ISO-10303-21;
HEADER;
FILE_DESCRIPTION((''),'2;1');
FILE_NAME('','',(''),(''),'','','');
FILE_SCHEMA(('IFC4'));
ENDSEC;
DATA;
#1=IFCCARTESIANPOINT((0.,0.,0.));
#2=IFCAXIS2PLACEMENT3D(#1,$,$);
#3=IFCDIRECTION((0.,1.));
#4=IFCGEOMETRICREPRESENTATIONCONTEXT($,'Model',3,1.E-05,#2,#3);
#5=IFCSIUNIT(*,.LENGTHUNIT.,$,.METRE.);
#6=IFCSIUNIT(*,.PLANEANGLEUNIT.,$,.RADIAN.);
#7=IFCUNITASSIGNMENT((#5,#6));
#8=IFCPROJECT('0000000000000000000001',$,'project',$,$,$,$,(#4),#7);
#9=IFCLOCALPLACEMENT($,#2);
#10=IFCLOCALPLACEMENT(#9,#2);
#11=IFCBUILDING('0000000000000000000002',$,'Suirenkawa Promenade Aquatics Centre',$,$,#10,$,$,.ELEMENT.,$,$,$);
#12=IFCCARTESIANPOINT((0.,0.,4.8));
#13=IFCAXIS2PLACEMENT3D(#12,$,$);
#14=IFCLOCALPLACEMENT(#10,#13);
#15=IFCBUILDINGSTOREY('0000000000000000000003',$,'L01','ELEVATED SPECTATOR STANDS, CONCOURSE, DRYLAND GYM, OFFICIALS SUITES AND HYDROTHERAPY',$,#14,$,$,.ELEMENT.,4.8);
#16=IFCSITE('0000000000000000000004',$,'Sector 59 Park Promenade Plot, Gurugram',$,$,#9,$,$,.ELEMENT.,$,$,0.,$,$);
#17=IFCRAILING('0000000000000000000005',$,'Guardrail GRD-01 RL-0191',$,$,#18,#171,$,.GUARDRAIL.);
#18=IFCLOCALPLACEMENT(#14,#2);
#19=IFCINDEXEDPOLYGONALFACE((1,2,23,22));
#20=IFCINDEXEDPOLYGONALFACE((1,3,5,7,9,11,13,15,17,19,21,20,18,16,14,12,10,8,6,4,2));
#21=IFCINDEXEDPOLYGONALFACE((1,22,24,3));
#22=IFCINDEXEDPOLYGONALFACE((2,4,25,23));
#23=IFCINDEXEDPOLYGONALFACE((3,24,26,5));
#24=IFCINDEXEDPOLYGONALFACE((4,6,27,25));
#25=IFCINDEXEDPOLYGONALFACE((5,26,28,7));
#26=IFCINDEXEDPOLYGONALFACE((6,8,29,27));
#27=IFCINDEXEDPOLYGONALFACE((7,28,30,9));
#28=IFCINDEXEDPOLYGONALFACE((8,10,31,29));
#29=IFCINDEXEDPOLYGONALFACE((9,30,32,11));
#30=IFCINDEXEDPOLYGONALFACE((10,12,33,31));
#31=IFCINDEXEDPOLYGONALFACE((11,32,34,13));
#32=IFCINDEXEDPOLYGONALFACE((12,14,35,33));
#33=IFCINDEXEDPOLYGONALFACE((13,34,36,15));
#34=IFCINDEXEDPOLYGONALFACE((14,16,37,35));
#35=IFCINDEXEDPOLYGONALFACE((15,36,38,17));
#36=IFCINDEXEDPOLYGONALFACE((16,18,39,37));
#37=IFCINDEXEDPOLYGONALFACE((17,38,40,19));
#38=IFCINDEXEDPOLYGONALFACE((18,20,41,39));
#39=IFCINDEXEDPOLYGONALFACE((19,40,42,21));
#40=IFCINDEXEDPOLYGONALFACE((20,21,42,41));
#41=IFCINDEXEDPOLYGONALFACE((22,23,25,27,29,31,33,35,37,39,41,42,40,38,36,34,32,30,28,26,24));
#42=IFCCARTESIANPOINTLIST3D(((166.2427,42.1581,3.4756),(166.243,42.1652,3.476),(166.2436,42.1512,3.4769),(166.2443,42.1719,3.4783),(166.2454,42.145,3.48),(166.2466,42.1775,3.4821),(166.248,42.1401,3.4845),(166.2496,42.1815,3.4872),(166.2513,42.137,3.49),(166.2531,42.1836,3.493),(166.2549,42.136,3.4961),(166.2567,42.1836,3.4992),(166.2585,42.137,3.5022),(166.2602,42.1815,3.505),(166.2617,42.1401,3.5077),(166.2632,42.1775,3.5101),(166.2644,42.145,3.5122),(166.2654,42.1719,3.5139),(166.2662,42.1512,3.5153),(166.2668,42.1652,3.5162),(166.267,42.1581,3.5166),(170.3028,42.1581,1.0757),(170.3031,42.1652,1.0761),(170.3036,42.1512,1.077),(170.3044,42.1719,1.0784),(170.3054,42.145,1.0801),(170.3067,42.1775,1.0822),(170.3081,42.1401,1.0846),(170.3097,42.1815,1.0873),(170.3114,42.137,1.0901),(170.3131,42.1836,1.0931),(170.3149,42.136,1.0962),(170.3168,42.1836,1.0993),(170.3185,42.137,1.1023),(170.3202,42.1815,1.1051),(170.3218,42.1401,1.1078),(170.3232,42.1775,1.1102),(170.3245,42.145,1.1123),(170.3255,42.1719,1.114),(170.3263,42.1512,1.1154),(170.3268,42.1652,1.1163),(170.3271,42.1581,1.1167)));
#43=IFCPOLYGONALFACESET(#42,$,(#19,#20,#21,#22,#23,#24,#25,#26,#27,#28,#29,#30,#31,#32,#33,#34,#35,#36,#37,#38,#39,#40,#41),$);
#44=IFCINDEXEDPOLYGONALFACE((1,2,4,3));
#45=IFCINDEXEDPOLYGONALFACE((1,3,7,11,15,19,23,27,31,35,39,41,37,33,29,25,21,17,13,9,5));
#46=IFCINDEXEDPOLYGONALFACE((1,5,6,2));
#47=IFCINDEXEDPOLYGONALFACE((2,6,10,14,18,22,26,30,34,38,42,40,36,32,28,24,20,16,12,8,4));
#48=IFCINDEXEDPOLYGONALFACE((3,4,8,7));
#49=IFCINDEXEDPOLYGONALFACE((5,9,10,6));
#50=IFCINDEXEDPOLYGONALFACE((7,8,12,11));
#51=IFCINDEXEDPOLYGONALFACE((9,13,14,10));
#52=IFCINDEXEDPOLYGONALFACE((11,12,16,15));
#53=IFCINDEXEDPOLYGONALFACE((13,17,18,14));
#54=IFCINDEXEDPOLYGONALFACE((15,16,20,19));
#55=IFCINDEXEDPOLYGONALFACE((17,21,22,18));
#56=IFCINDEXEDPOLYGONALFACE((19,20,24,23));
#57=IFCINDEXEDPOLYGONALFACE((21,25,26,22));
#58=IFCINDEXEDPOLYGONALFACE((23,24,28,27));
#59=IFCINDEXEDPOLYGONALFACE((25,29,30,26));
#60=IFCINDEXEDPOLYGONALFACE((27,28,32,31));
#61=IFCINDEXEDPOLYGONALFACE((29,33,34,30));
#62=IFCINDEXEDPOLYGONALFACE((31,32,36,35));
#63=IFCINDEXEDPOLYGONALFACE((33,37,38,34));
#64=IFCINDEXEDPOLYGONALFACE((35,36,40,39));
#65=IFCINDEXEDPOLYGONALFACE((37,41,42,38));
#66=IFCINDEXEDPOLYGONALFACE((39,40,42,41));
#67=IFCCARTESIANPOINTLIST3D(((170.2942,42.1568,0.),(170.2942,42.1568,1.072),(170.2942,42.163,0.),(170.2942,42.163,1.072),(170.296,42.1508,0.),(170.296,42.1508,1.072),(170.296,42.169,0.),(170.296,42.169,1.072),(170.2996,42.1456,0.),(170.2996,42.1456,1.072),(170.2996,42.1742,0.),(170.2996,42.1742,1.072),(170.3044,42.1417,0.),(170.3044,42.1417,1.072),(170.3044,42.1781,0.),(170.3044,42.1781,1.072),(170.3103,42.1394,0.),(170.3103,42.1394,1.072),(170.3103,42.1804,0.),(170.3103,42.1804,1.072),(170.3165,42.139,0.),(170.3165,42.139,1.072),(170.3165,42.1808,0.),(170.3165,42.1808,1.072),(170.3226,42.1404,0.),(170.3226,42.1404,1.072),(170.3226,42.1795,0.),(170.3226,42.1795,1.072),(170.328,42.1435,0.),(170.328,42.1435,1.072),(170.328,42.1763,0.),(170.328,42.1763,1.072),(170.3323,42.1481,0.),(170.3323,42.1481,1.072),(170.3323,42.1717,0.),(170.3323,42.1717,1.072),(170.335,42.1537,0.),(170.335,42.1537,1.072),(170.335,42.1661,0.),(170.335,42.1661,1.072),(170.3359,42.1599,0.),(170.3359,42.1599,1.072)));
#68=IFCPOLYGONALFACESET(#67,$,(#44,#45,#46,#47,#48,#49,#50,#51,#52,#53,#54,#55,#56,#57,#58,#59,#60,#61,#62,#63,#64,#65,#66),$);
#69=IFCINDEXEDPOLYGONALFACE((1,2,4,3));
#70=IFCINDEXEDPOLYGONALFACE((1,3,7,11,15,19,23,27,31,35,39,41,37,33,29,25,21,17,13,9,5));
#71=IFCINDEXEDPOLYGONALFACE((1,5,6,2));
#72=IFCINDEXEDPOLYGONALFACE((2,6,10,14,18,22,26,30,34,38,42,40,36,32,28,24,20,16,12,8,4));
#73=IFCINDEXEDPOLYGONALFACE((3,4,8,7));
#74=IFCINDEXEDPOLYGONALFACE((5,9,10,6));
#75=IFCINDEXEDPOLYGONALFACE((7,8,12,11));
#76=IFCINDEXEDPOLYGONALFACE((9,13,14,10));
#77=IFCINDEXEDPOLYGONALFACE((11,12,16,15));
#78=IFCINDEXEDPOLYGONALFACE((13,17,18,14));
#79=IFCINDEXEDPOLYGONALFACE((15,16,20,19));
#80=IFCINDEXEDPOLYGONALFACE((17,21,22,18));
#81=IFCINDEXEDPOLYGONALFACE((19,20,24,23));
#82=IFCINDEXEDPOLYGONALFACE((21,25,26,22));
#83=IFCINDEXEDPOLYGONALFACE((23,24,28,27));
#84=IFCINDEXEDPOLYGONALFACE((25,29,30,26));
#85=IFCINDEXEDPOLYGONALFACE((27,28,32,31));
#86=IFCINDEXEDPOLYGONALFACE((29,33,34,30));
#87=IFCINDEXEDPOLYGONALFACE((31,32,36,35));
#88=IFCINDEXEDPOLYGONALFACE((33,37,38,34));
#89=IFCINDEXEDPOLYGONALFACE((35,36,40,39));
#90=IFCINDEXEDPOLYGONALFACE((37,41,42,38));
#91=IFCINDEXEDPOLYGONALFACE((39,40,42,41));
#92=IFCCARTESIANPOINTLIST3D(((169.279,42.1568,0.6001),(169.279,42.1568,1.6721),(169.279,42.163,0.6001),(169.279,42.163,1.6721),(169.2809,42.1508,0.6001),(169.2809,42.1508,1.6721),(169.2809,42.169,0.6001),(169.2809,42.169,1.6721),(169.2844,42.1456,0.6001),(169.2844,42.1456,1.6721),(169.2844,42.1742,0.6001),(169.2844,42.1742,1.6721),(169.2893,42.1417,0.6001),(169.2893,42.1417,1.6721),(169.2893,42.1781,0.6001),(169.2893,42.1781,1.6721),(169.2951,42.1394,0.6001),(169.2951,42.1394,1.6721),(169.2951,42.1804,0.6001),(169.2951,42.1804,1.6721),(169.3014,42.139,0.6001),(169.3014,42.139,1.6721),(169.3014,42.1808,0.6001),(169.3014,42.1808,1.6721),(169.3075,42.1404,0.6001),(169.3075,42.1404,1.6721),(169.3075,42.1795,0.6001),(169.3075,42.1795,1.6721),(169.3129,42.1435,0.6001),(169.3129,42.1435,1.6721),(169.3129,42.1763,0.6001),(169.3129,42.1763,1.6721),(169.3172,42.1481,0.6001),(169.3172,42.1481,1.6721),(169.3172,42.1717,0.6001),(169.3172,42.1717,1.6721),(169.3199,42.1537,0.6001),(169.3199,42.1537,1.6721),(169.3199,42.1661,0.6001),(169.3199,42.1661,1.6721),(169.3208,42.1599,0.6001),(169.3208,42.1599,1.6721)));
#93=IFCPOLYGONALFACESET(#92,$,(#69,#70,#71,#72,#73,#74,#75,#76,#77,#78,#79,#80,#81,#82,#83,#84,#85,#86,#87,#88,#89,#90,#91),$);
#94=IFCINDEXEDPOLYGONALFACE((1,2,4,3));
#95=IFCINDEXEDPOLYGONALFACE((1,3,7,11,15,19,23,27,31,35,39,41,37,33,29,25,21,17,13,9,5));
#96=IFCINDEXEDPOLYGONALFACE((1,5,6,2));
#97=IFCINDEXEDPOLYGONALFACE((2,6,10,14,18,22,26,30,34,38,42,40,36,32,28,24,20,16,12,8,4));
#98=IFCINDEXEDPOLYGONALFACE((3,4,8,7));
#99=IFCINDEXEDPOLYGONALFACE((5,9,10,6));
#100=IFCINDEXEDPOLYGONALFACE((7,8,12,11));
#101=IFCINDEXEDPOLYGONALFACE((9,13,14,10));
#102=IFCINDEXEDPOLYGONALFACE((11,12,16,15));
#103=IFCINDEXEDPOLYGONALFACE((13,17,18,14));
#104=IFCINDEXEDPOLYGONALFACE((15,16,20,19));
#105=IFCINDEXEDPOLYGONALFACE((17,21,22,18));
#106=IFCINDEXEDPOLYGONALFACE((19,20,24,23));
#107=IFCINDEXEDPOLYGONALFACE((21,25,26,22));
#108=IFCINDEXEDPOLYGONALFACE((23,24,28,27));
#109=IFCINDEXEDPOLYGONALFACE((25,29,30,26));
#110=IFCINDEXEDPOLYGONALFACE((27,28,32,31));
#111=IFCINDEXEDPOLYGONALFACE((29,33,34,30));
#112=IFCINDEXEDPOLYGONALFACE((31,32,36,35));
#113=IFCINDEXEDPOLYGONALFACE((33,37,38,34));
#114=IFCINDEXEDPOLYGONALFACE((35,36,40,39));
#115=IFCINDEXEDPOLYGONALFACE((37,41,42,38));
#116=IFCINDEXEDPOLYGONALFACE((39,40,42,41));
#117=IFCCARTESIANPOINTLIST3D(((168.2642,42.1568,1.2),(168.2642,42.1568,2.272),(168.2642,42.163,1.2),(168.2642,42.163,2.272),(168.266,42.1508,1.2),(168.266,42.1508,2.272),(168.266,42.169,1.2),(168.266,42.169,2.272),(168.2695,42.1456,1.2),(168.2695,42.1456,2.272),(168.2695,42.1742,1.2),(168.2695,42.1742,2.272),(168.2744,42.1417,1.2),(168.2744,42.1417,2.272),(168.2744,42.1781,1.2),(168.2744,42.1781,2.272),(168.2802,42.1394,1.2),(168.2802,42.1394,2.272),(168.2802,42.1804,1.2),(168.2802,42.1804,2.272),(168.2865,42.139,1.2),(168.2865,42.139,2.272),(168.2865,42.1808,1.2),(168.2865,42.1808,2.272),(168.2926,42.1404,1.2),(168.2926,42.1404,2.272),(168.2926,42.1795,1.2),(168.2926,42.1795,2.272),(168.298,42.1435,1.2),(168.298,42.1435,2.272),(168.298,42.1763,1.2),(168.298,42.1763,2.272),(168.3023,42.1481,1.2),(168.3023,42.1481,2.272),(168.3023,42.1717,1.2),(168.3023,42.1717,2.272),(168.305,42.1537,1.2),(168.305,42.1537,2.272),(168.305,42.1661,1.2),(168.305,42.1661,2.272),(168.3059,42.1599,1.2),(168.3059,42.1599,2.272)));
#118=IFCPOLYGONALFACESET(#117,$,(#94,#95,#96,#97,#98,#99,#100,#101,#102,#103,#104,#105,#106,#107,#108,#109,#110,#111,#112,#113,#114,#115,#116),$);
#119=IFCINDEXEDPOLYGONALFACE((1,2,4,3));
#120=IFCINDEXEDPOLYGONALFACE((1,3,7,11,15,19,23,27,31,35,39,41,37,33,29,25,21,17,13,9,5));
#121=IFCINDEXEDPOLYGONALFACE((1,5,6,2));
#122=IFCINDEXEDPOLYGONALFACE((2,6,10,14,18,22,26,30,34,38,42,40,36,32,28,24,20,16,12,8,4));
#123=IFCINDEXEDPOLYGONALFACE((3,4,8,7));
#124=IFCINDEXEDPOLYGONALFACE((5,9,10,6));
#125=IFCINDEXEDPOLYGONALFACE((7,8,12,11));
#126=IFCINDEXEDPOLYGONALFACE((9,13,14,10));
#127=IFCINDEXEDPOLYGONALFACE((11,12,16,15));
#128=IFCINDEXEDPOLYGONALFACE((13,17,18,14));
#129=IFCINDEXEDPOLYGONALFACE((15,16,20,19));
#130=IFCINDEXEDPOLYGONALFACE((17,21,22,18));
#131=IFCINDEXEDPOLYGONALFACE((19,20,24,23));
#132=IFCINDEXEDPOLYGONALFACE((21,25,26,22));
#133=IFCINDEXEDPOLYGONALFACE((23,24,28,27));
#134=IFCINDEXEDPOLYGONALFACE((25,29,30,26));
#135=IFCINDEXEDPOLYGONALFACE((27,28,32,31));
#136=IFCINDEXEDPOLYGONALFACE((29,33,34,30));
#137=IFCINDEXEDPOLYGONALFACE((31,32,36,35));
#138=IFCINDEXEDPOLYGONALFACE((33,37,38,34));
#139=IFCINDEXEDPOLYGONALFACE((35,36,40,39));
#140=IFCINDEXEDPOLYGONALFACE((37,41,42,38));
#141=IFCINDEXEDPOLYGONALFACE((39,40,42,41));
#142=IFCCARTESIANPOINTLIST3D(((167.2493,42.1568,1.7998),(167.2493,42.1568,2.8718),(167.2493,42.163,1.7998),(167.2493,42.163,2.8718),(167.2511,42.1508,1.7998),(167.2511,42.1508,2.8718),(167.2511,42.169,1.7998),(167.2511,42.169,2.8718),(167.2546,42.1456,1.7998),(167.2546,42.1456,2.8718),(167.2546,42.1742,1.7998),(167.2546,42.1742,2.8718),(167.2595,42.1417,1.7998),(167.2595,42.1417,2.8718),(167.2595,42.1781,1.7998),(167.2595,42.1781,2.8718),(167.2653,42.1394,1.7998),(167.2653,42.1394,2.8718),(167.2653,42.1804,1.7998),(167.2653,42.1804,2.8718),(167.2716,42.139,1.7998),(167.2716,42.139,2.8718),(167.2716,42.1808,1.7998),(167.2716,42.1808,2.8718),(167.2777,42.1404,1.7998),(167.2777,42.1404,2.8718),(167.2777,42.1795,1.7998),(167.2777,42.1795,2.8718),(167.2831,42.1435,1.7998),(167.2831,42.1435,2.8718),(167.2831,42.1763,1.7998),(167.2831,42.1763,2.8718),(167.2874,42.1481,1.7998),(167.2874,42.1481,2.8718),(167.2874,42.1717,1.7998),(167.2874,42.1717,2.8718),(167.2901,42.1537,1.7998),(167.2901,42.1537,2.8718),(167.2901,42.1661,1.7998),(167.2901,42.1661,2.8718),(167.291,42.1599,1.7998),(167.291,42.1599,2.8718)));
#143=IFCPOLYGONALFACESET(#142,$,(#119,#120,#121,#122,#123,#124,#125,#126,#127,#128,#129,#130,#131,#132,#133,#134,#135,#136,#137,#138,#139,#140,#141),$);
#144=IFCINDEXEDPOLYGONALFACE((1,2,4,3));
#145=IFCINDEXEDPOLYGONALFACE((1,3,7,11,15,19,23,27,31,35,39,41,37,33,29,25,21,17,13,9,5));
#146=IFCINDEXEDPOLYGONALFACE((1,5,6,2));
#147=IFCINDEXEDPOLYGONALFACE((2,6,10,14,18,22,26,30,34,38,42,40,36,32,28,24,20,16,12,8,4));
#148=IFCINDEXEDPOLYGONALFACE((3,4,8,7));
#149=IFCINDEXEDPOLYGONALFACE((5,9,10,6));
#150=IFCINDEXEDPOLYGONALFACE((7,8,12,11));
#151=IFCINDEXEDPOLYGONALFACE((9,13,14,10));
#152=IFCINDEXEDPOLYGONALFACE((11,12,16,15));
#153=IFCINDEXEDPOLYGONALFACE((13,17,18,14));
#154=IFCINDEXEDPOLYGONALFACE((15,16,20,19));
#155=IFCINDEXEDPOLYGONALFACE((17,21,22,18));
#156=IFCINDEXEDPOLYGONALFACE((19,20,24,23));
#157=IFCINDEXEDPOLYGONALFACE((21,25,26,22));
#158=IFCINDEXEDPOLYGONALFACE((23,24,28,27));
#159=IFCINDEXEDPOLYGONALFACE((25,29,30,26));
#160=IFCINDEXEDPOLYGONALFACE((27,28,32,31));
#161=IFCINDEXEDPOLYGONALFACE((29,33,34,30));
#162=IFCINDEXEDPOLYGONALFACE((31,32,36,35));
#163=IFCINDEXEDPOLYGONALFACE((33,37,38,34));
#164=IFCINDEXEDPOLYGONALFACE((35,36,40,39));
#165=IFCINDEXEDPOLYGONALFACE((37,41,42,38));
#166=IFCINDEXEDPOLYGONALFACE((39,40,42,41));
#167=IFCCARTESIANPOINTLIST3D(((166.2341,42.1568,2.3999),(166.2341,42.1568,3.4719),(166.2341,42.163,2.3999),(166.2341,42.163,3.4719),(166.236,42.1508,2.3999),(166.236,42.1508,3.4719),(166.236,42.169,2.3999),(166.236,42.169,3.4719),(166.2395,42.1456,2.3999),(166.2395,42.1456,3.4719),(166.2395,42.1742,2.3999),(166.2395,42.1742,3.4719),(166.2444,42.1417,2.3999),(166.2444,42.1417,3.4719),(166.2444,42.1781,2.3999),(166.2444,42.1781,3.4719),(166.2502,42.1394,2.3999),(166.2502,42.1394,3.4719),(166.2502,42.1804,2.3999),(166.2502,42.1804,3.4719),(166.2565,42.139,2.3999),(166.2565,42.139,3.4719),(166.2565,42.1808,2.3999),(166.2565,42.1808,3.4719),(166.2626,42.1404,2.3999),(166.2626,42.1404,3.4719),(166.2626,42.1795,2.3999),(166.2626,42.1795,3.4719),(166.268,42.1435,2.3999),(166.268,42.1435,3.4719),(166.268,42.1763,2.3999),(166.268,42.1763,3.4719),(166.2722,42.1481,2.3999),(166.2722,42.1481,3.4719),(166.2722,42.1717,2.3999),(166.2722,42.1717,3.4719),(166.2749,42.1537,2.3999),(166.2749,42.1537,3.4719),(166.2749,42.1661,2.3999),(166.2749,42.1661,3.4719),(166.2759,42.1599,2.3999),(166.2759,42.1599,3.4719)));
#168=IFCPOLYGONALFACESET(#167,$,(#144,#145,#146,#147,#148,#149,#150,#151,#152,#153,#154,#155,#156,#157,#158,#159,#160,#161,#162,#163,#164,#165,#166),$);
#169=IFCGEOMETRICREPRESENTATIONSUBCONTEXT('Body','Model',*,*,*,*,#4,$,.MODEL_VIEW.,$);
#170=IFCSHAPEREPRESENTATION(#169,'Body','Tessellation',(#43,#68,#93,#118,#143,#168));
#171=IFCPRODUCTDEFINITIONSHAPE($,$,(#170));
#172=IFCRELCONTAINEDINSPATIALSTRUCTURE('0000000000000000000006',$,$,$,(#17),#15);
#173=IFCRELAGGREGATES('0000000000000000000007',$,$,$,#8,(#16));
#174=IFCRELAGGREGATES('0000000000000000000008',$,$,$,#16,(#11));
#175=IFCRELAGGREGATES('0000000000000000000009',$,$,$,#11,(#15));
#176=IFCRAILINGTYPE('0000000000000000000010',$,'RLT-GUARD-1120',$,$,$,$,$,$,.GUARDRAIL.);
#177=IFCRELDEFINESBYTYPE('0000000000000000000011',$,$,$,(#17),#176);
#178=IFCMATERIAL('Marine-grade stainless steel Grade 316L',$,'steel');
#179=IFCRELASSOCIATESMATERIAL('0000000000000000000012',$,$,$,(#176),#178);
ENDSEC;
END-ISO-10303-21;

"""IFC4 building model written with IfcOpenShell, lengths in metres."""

from ifc_helpers import new_model, si_unit, direction, frame, origin, origin_2d, place, context, subcontext, project, spatial, circle, extrude, material, type_object, element, save


model = new_model("IFC4")

# Units and contexts
model_context = context("Model", 3, precision=1e-05, world=origin(), true_north=direction((0.0, 1.0)))
body_context = subcontext(model_context, "Body", "Model", "MODEL_VIEW")
ifc_project = project(units=[si_unit("LENGTHUNIT", "METRE"), si_unit("PLANEANGLEUNIT", "RADIAN")], contexts=[model_context])

# Site, building, storey
site_placement = place(None, origin())
site = spatial("IfcSite", under=ifc_project, at=site_placement, Name="Sector 59 Park Promenade Plot, Gurugram", CompositionType="ELEMENT", RefElevation=0.0)
building_placement = place(site_placement, origin())
building = spatial("IfcBuilding", under=site, at=building_placement, Name="Suirenkawa Promenade Aquatics Centre", CompositionType="ELEMENT")
storey_placement = place(building_placement, frame((0.0, 0.0, 4.8)))
storey = spatial("IfcBuildingStorey", under=building, at=storey_placement, Name="L01", Description="ELEVATED SPECTATOR STANDS, CONCOURSE, DRYLAND GYM, OFFICIALS SUITES AND HYDROTHERAPY", CompositionType="ELEMENT", Elevation=4.8)

# Railing
ifc_material_1 = material(Name="Marine-grade stainless steel Grade 316L", Category="steel")
railing_type_1 = type_object("IfcRailingType", Name="RLT-GUARD-1120", PredefinedType="GUARDRAIL", material=ifc_material_1)
for number, where, name in (
    (1, (170.3149, 42.1599, 0.0), "Guardrail GRD-01 RL-0191"),
):
    element("IfcRailing", number, at=place(storey_placement, frame(where)), inside=storey, type_object=railing_type_1, Name=name, PredefinedType="GUARDRAIL", context=body_context, shape_type="SweptSolid", body=[
        extrude(circle(Radius=0.0239, at=origin_2d()), frame((0.0, 0.0, 1.0962), z_axis=(-0.860854, 0.0, 0.508851), x_axis=(0.0, -1.0, 0.0)), (0.0, 0.0, 1.0), 4.7163),
        extrude(circle(Radius=0.021, at=origin_2d()), origin(), (0.0, 0.0, 1.0), 1.072),
        extrude(circle(Radius=0.021, at=origin_2d()), frame((-1.0151, 0.0, 0.6001)), (0.0, 0.0, 1.0), 1.072),
        extrude(circle(Radius=0.021, at=origin_2d()), frame((-2.03, 0.0, 1.2)), (0.0, 0.0, 1.0), 1.072),
        extrude(circle(Radius=0.021, at=origin_2d()), frame((-3.0449, 0.0, 1.7998)), (0.0, 0.0, 1.0), 1.072),
        extrude(circle(Radius=0.021, at=origin_2d()), frame((-4.0601, 0.0, 2.3999)), (0.0, 0.0, 1.0), 1.072),
    ])

save(model, "model.ifc")
